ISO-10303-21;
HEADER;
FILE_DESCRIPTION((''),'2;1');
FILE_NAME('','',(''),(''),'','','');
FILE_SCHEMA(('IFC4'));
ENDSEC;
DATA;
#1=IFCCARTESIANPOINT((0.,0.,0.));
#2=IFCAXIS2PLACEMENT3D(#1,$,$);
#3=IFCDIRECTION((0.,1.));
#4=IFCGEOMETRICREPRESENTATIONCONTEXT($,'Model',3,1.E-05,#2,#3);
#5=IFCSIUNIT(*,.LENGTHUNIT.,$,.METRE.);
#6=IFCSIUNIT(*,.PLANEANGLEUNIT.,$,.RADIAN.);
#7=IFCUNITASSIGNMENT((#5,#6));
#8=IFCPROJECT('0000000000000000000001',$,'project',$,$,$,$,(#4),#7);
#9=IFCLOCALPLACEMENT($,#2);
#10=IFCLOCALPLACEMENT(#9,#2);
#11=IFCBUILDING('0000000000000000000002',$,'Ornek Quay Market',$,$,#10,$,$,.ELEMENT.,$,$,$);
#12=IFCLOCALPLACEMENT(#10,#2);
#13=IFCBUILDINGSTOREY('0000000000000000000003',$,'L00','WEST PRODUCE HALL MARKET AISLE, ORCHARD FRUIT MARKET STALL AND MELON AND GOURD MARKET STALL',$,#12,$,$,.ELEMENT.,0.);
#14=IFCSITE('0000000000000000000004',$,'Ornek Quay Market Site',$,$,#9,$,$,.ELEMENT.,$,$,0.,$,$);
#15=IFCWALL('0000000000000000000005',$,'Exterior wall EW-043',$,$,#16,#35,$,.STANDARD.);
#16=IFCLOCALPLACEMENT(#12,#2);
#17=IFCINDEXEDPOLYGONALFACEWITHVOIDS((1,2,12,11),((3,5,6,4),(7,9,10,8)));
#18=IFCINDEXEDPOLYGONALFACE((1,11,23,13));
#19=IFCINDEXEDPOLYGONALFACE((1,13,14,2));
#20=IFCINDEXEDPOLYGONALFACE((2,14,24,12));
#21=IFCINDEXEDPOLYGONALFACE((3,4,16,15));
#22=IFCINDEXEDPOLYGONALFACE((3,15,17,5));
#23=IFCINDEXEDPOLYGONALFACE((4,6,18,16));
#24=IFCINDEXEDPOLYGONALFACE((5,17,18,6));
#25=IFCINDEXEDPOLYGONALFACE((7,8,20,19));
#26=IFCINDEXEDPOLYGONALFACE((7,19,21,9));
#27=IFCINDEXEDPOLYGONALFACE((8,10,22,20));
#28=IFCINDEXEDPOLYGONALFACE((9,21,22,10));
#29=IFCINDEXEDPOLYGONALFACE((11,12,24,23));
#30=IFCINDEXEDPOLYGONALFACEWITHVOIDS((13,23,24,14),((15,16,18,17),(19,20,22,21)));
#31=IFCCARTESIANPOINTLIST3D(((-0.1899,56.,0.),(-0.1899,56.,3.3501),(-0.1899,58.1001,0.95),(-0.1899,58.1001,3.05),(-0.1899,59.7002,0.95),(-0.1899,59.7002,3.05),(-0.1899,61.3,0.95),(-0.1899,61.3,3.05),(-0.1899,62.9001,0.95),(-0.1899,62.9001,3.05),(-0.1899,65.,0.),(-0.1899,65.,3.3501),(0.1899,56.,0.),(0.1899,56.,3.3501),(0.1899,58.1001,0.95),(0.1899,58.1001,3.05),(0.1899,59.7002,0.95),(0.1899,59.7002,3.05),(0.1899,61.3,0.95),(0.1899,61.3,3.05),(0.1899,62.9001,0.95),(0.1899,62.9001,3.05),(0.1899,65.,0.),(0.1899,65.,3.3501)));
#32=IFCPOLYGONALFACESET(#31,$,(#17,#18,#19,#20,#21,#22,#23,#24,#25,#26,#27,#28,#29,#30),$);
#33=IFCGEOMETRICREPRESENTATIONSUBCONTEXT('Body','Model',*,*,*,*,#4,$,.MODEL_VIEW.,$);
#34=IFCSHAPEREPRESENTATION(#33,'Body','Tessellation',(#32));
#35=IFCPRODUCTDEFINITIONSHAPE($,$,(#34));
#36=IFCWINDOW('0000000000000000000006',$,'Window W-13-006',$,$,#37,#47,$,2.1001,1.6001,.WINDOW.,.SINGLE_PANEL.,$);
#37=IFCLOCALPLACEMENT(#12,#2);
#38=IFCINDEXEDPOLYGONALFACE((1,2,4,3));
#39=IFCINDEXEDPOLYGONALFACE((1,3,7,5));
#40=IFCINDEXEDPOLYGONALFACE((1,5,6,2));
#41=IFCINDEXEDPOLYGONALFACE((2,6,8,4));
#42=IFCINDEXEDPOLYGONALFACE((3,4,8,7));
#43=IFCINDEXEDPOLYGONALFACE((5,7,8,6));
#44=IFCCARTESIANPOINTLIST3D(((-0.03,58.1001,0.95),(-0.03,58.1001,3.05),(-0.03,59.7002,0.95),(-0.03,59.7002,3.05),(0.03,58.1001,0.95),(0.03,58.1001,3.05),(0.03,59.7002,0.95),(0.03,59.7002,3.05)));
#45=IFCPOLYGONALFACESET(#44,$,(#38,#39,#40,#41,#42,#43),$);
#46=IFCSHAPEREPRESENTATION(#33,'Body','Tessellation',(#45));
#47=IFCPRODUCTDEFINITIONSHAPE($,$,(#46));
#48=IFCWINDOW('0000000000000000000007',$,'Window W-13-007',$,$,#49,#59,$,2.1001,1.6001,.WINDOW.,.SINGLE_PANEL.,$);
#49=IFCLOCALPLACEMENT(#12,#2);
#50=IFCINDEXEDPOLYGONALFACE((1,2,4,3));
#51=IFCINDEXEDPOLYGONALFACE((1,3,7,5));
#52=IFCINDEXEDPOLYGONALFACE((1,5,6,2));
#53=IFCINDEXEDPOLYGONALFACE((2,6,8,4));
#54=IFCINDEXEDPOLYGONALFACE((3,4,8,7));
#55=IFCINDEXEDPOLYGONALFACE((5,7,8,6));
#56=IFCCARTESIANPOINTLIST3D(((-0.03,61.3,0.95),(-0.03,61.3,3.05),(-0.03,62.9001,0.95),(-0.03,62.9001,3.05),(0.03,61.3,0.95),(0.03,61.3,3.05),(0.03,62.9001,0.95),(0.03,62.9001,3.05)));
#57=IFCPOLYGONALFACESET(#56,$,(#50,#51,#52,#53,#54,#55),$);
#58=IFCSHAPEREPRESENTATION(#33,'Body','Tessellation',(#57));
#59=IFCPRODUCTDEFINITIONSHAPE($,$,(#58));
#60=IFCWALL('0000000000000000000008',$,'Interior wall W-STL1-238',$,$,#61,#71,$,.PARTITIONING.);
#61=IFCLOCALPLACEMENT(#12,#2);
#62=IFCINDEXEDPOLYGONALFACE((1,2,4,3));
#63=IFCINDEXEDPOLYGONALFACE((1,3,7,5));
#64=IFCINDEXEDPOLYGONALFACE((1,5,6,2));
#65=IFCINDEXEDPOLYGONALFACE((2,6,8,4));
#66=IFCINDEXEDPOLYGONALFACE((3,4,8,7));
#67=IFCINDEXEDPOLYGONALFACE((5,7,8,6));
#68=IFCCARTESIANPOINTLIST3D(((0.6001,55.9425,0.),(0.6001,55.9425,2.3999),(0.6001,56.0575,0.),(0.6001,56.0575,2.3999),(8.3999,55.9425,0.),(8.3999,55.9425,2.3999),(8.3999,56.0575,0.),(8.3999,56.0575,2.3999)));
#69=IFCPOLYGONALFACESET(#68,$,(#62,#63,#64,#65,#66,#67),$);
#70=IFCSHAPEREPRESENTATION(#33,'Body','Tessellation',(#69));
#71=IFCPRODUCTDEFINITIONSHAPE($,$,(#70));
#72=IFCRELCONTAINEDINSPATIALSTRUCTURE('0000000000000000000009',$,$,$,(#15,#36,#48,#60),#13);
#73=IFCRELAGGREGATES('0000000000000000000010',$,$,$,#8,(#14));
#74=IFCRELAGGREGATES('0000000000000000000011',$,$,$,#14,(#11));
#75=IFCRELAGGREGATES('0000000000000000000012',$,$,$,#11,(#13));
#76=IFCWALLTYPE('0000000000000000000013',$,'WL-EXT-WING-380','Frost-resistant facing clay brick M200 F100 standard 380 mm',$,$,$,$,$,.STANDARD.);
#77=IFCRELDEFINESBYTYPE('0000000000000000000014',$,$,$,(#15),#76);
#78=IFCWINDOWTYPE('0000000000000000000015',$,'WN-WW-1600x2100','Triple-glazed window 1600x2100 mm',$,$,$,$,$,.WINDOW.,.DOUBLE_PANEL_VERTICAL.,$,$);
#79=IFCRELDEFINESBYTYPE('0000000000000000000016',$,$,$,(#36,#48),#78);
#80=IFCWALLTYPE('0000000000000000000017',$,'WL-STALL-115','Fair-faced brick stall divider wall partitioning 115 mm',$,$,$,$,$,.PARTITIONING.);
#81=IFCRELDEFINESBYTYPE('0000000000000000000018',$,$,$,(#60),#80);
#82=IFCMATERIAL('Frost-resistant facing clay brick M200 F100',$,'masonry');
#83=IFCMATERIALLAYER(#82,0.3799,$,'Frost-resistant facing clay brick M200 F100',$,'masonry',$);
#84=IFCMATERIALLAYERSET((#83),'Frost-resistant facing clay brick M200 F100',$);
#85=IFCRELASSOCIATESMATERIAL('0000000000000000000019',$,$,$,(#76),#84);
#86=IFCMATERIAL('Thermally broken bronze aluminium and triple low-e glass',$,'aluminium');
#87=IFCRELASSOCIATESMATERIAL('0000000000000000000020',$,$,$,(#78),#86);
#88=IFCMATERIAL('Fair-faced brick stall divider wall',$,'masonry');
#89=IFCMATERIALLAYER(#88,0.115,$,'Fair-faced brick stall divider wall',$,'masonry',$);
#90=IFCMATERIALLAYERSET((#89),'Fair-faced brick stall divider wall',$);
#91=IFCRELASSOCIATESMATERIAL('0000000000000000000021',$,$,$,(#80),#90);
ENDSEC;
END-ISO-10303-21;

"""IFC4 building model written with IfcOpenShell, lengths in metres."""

from ifc_helpers import new_model, si_unit, direction, frame, frame_2d, origin, place, context, subcontext, project, spatial, rectangle, extrude, material, layer, layer_set, type_object, element, fill, save


model = new_model("IFC4")

# Units and contexts
model_context = context("Model", 3, precision=1e-05, world=origin(), true_north=direction((0.0, 1.0)))
body_context = subcontext(model_context, "Body", "Model", "MODEL_VIEW")
ifc_project = project(units=[si_unit("LENGTHUNIT", "METRE"), si_unit("PLANEANGLEUNIT", "RADIAN")], contexts=[model_context])

# Site, building, storey
site_placement = place(None, origin())
site = spatial("IfcSite", under=ifc_project, at=site_placement, Name="Ornek Quay Market Site", CompositionType="ELEMENT", RefElevation=0.0)
building_placement = place(site_placement, origin())
building = spatial("IfcBuilding", under=site, at=building_placement, Name="Ornek Quay Market", CompositionType="ELEMENT")
storey_placement = place(building_placement, origin())
storey = spatial("IfcBuildingStorey", under=building, at=storey_placement, Name="L00", Description="WEST PRODUCE HALL MARKET AISLE, ORCHARD FRUIT MARKET STALL AND MELON AND GOURD MARKET STALL", CompositionType="ELEMENT", Elevation=0.0)

# Wall, openings, windows
ifc_material_1 = material(Name="Frost-resistant facing clay brick M200 F100", Category="masonry")
ifc_layer_1 = layer(ifc_material_1, 0.3799, Name="Frost-resistant facing clay brick M200 F100", Category="masonry")
ifc_layer_set_1 = layer_set([ifc_layer_1], Name="Frost-resistant facing clay brick M200 F100")
wall_type_1 = type_object("IfcWallType", Name="WL-EXT-WING-380", Description="Frost-resistant facing clay brick M200 F100 standard 380 mm", PredefinedType="STANDARD", material=ifc_layer_set_1)
wall_1_placement = place(storey_placement, frame((0.0, 56.0, 0.0), z_axis=(0.0, 0.0, 1.0), x_axis=(0.0, 1.0, 0.0)))
wall_1 = element("IfcWall", 1, at=wall_1_placement, inside=storey, type_object=wall_type_1, Name="Exterior wall EW-043", PredefinedType="STANDARD", context=body_context, shape_type="SweptSolid", body=[
    extrude(rectangle(XDim=9.0, YDim=0.3799, at=frame_2d((4.5, 0.0))), origin(), (0.0, 0.0, 1.0), 3.3501),
])
opening_1_placement = place(wall_1_placement, frame((2.1001, 0.0, 0.95)))
opening_1 = element("IfcOpeningElement", 2, at=opening_1_placement, cuts=wall_1, PredefinedType="OPENING", context=body_context, shape_type="SweptSolid", body=[
    extrude(rectangle(XDim=1.6001, YDim=2.1001, at=frame_2d((0.8, 1.05))), frame((0.0, 0.2, 0.0), z_axis=(0.0, -1.0, 0.0), x_axis=(1.0, 0.0, 0.0)), (0.0, 0.0, 1.0), 0.3999),
])
opening_2_placement = place(wall_1_placement, frame((5.3, 0.0, 0.95)))
opening_2 = element("IfcOpeningElement", 3, at=opening_2_placement, cuts=wall_1, PredefinedType="OPENING", context=body_context, shape_type="SweptSolid", body=[
    extrude(rectangle(XDim=1.6001, YDim=2.1001, at=frame_2d((0.8, 1.05))), frame((0.0, 0.2, 0.0), z_axis=(0.0, -1.0, 0.0), x_axis=(1.0, 0.0, 0.0)), (0.0, 0.0, 1.0), 0.3999),
])
ifc_material_2 = material(Name="Thermally broken bronze aluminium and triple low-e glass", Category="aluminium")
window_type = type_object("IfcWindowType", Name="WN-WW-1600x2100", Description="Triple-glazed window 1600x2100 mm", PartitioningType="DOUBLE_PANEL_VERTICAL", PredefinedType="WINDOW", material=ifc_material_2)
window_1_placement = place(opening_1_placement, origin())
window_1 = element("IfcWindow", 4, at=window_1_placement, inside=storey, type_object=window_type, Name="Window W-13-006", OverallHeight=2.1001, OverallWidth=1.6001, PartitioningType="SINGLE_PANEL", PredefinedType="WINDOW", context=body_context, shape_type="SweptSolid", body=[
    extrude(rectangle(XDim=1.6001, YDim=2.1001, at=frame_2d((0.8, 1.05))), frame((0.0, 0.03, 0.0), z_axis=(0.0, -1.0, 0.0), x_axis=(1.0, 0.0, 0.0)), (0.0, 0.0, 1.0), 0.0601),
])
fill(opening_1, window_1)
window_2_placement = place(opening_2_placement, origin())
window_2 = element("IfcWindow", 5, at=window_2_placement, inside=storey, type_object=window_type, Name="Window W-13-007", OverallHeight=2.1001, OverallWidth=1.6001, PartitioningType="SINGLE_PANEL", PredefinedType="WINDOW", context=body_context, shape_type="SweptSolid", body=[
    extrude(rectangle(XDim=1.6001, YDim=2.1001, at=frame_2d((0.8, 1.05))), frame((0.0, 0.03, 0.0), z_axis=(0.0, -1.0, 0.0), x_axis=(1.0, 0.0, 0.0)), (0.0, 0.0, 1.0), 0.0601),
])
fill(opening_2, window_2)

# Wall
ifc_material_3 = material(Name="Fair-faced brick stall divider wall", Category="masonry")
ifc_layer_2 = layer(ifc_material_3, 0.115, Name="Fair-faced brick stall divider wall", Category="masonry")
ifc_layer_set_2 = layer_set([ifc_layer_2], Name="Fair-faced brick stall divider wall")
wall_type_2 = type_object("IfcWallType", Name="WL-STALL-115", Description="Fair-faced brick stall divider wall partitioning 115 mm", PredefinedType="PARTITIONING", material=ifc_layer_set_2)
wall_2_placement = place(storey_placement, frame((0.6001, 56.0, 0.0), z_axis=(0.0, 0.0, 1.0), x_axis=(1.0, 0.0, 0.0)))
element("IfcWall", 6, at=wall_2_placement, inside=storey, type_object=wall_type_2, Name="Interior wall W-STL1-238", PredefinedType="PARTITIONING", context=body_context, shape_type="SweptSolid", body=[
    extrude(rectangle(XDim=7.7998, YDim=0.115, at=frame_2d((3.8999, 0.0))), origin(), (0.0, 0.0, 1.0), 2.3999),
])

save(model, "model.ifc")
